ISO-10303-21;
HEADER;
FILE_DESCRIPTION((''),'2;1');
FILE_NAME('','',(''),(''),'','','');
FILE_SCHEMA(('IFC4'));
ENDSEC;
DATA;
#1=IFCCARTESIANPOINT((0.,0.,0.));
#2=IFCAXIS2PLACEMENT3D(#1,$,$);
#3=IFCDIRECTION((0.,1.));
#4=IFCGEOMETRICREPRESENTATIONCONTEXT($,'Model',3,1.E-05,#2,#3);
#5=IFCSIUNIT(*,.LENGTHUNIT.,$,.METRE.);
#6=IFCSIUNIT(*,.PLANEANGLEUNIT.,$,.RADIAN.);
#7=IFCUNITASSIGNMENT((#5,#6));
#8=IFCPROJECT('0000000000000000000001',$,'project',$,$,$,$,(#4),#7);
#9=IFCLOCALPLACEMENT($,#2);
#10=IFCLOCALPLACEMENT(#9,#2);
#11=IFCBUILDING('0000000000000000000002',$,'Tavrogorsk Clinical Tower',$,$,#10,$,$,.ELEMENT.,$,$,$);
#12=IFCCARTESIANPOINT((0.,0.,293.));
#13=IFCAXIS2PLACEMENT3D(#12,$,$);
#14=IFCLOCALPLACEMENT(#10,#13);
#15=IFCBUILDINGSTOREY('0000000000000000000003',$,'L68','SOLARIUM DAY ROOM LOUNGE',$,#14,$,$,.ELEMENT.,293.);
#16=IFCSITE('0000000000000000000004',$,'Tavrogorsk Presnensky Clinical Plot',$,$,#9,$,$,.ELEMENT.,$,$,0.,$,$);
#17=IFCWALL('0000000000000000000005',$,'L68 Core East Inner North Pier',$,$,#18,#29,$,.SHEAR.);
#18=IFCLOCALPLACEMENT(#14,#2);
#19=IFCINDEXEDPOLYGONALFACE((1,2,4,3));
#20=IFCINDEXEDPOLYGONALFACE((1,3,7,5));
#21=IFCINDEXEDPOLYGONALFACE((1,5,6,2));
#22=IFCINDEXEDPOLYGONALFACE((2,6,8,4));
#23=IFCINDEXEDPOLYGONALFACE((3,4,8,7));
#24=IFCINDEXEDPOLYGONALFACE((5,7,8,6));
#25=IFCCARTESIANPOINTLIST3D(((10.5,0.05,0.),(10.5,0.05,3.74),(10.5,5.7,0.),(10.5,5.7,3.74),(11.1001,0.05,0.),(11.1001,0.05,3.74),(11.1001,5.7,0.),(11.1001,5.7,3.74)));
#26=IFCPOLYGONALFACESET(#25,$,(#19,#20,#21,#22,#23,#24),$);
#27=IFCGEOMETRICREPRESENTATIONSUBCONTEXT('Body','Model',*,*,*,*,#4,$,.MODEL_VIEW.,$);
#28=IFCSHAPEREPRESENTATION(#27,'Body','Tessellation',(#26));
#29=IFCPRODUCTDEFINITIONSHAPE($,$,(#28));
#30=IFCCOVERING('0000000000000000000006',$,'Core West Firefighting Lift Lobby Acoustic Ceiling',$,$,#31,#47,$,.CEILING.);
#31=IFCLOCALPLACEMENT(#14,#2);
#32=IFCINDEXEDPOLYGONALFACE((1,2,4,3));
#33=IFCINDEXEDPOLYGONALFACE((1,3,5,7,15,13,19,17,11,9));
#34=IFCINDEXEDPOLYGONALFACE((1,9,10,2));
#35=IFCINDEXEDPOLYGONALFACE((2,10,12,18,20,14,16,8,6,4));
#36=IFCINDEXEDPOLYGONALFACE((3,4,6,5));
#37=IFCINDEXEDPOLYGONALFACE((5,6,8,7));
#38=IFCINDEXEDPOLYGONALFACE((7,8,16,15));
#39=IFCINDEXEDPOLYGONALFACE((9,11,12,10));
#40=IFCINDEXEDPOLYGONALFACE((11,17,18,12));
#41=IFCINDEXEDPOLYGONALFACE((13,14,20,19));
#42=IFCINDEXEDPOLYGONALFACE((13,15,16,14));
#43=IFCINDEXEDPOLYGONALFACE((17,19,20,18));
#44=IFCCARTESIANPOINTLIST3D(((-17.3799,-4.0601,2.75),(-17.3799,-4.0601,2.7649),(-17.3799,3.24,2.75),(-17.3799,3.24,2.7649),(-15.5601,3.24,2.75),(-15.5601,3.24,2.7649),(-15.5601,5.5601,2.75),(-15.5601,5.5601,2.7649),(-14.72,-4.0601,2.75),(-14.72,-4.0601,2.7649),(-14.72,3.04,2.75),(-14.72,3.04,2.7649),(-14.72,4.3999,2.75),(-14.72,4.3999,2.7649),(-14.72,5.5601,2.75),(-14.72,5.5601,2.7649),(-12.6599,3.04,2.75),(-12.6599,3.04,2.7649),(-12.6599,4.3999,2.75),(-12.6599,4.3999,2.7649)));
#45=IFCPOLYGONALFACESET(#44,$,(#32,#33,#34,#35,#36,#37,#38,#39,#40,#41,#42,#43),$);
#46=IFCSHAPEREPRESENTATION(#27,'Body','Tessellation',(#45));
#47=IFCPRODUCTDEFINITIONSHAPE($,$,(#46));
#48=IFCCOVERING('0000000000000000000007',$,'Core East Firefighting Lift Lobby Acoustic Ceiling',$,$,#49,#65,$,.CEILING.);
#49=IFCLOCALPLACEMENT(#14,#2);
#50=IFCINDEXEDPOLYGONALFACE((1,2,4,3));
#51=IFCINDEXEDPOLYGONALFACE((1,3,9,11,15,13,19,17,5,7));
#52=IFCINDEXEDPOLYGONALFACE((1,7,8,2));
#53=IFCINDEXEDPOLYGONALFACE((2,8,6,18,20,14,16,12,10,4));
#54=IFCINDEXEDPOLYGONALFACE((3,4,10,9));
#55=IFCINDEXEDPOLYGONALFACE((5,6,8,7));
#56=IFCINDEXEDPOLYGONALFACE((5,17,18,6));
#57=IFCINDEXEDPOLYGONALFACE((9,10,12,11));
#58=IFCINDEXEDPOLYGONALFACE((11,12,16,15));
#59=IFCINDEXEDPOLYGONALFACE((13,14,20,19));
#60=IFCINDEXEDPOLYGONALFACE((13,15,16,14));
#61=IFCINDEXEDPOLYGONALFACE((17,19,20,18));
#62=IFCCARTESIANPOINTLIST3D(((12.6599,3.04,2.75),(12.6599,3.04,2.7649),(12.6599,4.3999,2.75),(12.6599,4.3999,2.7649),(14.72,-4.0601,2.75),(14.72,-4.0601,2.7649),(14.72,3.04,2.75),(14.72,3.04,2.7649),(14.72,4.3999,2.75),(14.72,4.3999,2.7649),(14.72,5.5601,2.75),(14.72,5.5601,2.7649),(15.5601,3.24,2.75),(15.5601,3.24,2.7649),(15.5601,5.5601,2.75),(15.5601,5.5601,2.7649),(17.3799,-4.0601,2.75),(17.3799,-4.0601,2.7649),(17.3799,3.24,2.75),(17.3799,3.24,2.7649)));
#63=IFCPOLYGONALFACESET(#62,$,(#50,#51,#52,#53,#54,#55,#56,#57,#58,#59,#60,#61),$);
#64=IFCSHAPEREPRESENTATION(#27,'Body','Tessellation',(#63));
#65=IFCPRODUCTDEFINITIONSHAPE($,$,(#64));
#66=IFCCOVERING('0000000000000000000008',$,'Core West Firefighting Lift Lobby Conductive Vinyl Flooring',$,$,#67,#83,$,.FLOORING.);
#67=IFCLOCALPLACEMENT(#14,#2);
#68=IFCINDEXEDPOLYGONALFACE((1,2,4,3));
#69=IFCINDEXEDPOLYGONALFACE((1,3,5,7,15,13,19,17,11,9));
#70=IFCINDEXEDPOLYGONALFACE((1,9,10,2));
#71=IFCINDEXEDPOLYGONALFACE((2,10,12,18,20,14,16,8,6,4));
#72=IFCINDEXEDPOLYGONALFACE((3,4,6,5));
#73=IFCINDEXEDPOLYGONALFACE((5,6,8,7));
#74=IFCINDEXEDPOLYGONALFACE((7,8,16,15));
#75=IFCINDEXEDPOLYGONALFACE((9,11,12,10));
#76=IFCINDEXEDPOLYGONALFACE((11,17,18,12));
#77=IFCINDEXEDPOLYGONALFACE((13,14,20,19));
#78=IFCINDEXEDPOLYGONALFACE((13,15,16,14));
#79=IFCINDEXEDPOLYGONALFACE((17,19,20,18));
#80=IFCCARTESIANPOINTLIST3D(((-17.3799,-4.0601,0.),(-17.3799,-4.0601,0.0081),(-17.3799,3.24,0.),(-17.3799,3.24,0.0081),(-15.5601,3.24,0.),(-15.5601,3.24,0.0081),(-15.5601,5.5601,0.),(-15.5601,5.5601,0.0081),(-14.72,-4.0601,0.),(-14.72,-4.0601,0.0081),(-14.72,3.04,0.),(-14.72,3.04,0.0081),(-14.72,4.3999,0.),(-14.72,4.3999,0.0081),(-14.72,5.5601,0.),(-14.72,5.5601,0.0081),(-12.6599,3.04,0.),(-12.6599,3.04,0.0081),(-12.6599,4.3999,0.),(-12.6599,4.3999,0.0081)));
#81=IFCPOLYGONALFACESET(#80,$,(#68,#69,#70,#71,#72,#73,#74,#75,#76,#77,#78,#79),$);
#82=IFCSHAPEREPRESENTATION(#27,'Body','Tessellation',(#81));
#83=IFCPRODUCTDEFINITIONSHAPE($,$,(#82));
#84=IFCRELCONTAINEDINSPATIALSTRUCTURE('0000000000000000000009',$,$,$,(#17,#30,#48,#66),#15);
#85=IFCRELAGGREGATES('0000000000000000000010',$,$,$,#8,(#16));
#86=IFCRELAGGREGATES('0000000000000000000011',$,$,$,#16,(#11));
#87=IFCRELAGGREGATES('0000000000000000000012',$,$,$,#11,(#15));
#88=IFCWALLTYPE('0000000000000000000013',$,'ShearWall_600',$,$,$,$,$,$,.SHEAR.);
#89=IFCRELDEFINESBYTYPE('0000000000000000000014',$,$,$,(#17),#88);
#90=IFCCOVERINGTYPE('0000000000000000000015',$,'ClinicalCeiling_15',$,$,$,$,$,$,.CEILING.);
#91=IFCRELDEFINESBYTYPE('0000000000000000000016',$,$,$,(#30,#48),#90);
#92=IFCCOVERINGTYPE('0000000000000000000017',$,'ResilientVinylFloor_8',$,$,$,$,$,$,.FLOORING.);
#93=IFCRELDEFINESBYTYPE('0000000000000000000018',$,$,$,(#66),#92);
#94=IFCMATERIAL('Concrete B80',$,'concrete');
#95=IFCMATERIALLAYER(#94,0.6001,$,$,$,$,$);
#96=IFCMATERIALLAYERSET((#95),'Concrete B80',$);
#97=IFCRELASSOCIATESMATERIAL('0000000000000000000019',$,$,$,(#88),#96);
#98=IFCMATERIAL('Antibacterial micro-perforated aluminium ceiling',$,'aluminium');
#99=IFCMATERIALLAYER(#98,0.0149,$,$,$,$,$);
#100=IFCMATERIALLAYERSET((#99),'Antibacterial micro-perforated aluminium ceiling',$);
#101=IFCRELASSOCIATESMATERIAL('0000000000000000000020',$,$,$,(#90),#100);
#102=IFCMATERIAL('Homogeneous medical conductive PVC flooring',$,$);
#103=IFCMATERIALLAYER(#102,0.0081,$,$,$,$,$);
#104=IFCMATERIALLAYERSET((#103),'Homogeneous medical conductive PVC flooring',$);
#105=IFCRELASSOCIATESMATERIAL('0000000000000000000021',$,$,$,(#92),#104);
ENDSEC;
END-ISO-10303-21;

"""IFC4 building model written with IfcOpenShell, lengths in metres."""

from ifc_helpers import new_model, si_unit, direction, frame, frame_2d, origin, place, context, subcontext, project, spatial, polyline, rectangle, outline, extrude, material, layer, layer_set, type_object, element, save


model = new_model("IFC4")

# Units and contexts
model_context = context("Model", 3, precision=1e-05, world=origin(), true_north=direction((0.0, 1.0)))
body_context = subcontext(model_context, "Body", "Model", "MODEL_VIEW")
ifc_project = project(units=[si_unit("LENGTHUNIT", "METRE"), si_unit("PLANEANGLEUNIT", "RADIAN")], contexts=[model_context])

# Site, building, storey
site_placement = place(None, origin())
site = spatial("IfcSite", under=ifc_project, at=site_placement, Name="Tavrogorsk Presnensky Clinical Plot", CompositionType="ELEMENT", RefElevation=0.0)
building_placement = place(site_placement, origin())
building = spatial("IfcBuilding", under=site, at=building_placement, Name="Tavrogorsk Clinical Tower", CompositionType="ELEMENT")
storey_placement = place(building_placement, frame((0.0, 0.0, 293.0)))
storey = spatial("IfcBuildingStorey", under=building, at=storey_placement, Name="L68", Description="SOLARIUM DAY ROOM LOUNGE", CompositionType="ELEMENT", Elevation=293.0)

# Wall
ifc_material_1 = material(Name="Concrete B80", Category="concrete")
ifc_layer_1 = layer(ifc_material_1, 0.6001)
ifc_layer_set_1 = layer_set([ifc_layer_1], Name="Concrete B80")
wall_type_1 = type_object("IfcWallType", Name="ShearWall_600", PredefinedType="SHEAR", material=ifc_layer_set_1)
wall_1_placement = place(storey_placement, frame((10.8, 0.05, 0.0), z_axis=(0.0, 0.0, 1.0), x_axis=(0.0, 1.0, 0.0)))
element("IfcWall", 1, at=wall_1_placement, inside=storey, type_object=wall_type_1, Name="L68 Core East Inner North Pier", PredefinedType="SHEAR", context=body_context, shape_type="SweptSolid", body=[
    extrude(rectangle(XDim=5.6499, YDim=0.6001, at=frame_2d((2.825, 0.0))), origin(), (0.0, 0.0, 1.0), 3.74),
])

# Coverings
ifc_material_2 = material(Name="Antibacterial micro-perforated aluminium ceiling", Category="aluminium")
ifc_layer_2 = layer(ifc_material_2, 0.0149)
ifc_layer_set_2 = layer_set([ifc_layer_2], Name="Antibacterial micro-perforated aluminium ceiling")
covering_type_1 = type_object("IfcCoveringType", Name="ClinicalCeiling_15", PredefinedType="CEILING", material=ifc_layer_set_2)
covering_1_placement = place(storey_placement, frame((0.0, 0.0, 2.75)))
element("IfcCovering", 2, at=covering_1_placement, inside=storey, type_object=covering_type_1, Name="Core West Firefighting Lift Lobby Acoustic Ceiling", PredefinedType="CEILING", context=body_context, shape_type="SweptSolid", body=[
    extrude(outline(polyline([(-17.3799, -4.0601), (-17.3799, 3.24), (-15.5601, 3.24), (-15.5601, 5.5601), (-14.72, 5.5601), (-14.72, 4.3999), (-12.6599, 4.3999), (-12.6599, 3.04), (-14.72, 3.04), (-14.72, -4.0601), (-17.3799, -4.0601)])), origin(), (0.0, 0.0, 1.0), 0.0149),
])
covering_2_placement = place(storey_placement, frame((0.0, 0.0, 2.75)))
element("IfcCovering", 3, at=covering_2_placement, inside=storey, type_object=covering_type_1, Name="Core East Firefighting Lift Lobby Acoustic Ceiling", PredefinedType="CEILING", context=body_context, shape_type="SweptSolid", body=[
    extrude(outline(polyline([(14.72, 3.04), (12.6599, 3.04), (12.6599, 4.3999), (14.72, 4.3999), (14.72, 5.5601), (15.5601, 5.5601), (15.5601, 3.24), (17.3799, 3.24), (17.3799, -4.0601), (14.72, -4.0601), (14.72, 3.04)])), origin(), (0.0, 0.0, 1.0), 0.0149),
])
ifc_material_3 = material(Name="Homogeneous medical conductive PVC flooring")
ifc_layer_3 = layer(ifc_material_3, 0.0081)
ifc_layer_set_3 = layer_set([ifc_layer_3], Name="Homogeneous medical conductive PVC flooring")
covering_type_2 = type_object("IfcCoveringType", Name="ResilientVinylFloor_8", PredefinedType="FLOORING", material=ifc_layer_set_3)
covering_3_placement = place(storey_placement, origin())
element("IfcCovering", 4, at=covering_3_placement, inside=storey, type_object=covering_type_2, Name="Core West Firefighting Lift Lobby Conductive Vinyl Flooring", PredefinedType="FLOORING", context=body_context, shape_type="SweptSolid", body=[
    extrude(outline(polyline([(-17.3799, -4.0601), (-17.3799, 3.24), (-15.5601, 3.24), (-15.5601, 5.5601), (-14.72, 5.5601), (-14.72, 4.3999), (-12.6599, 4.3999), (-12.6599, 3.04), (-14.72, 3.04), (-14.72, -4.0601), (-17.3799, -4.0601)])), origin(), (0.0, 0.0, 1.0), 0.0081),
])

save(model, "model.ifc")
